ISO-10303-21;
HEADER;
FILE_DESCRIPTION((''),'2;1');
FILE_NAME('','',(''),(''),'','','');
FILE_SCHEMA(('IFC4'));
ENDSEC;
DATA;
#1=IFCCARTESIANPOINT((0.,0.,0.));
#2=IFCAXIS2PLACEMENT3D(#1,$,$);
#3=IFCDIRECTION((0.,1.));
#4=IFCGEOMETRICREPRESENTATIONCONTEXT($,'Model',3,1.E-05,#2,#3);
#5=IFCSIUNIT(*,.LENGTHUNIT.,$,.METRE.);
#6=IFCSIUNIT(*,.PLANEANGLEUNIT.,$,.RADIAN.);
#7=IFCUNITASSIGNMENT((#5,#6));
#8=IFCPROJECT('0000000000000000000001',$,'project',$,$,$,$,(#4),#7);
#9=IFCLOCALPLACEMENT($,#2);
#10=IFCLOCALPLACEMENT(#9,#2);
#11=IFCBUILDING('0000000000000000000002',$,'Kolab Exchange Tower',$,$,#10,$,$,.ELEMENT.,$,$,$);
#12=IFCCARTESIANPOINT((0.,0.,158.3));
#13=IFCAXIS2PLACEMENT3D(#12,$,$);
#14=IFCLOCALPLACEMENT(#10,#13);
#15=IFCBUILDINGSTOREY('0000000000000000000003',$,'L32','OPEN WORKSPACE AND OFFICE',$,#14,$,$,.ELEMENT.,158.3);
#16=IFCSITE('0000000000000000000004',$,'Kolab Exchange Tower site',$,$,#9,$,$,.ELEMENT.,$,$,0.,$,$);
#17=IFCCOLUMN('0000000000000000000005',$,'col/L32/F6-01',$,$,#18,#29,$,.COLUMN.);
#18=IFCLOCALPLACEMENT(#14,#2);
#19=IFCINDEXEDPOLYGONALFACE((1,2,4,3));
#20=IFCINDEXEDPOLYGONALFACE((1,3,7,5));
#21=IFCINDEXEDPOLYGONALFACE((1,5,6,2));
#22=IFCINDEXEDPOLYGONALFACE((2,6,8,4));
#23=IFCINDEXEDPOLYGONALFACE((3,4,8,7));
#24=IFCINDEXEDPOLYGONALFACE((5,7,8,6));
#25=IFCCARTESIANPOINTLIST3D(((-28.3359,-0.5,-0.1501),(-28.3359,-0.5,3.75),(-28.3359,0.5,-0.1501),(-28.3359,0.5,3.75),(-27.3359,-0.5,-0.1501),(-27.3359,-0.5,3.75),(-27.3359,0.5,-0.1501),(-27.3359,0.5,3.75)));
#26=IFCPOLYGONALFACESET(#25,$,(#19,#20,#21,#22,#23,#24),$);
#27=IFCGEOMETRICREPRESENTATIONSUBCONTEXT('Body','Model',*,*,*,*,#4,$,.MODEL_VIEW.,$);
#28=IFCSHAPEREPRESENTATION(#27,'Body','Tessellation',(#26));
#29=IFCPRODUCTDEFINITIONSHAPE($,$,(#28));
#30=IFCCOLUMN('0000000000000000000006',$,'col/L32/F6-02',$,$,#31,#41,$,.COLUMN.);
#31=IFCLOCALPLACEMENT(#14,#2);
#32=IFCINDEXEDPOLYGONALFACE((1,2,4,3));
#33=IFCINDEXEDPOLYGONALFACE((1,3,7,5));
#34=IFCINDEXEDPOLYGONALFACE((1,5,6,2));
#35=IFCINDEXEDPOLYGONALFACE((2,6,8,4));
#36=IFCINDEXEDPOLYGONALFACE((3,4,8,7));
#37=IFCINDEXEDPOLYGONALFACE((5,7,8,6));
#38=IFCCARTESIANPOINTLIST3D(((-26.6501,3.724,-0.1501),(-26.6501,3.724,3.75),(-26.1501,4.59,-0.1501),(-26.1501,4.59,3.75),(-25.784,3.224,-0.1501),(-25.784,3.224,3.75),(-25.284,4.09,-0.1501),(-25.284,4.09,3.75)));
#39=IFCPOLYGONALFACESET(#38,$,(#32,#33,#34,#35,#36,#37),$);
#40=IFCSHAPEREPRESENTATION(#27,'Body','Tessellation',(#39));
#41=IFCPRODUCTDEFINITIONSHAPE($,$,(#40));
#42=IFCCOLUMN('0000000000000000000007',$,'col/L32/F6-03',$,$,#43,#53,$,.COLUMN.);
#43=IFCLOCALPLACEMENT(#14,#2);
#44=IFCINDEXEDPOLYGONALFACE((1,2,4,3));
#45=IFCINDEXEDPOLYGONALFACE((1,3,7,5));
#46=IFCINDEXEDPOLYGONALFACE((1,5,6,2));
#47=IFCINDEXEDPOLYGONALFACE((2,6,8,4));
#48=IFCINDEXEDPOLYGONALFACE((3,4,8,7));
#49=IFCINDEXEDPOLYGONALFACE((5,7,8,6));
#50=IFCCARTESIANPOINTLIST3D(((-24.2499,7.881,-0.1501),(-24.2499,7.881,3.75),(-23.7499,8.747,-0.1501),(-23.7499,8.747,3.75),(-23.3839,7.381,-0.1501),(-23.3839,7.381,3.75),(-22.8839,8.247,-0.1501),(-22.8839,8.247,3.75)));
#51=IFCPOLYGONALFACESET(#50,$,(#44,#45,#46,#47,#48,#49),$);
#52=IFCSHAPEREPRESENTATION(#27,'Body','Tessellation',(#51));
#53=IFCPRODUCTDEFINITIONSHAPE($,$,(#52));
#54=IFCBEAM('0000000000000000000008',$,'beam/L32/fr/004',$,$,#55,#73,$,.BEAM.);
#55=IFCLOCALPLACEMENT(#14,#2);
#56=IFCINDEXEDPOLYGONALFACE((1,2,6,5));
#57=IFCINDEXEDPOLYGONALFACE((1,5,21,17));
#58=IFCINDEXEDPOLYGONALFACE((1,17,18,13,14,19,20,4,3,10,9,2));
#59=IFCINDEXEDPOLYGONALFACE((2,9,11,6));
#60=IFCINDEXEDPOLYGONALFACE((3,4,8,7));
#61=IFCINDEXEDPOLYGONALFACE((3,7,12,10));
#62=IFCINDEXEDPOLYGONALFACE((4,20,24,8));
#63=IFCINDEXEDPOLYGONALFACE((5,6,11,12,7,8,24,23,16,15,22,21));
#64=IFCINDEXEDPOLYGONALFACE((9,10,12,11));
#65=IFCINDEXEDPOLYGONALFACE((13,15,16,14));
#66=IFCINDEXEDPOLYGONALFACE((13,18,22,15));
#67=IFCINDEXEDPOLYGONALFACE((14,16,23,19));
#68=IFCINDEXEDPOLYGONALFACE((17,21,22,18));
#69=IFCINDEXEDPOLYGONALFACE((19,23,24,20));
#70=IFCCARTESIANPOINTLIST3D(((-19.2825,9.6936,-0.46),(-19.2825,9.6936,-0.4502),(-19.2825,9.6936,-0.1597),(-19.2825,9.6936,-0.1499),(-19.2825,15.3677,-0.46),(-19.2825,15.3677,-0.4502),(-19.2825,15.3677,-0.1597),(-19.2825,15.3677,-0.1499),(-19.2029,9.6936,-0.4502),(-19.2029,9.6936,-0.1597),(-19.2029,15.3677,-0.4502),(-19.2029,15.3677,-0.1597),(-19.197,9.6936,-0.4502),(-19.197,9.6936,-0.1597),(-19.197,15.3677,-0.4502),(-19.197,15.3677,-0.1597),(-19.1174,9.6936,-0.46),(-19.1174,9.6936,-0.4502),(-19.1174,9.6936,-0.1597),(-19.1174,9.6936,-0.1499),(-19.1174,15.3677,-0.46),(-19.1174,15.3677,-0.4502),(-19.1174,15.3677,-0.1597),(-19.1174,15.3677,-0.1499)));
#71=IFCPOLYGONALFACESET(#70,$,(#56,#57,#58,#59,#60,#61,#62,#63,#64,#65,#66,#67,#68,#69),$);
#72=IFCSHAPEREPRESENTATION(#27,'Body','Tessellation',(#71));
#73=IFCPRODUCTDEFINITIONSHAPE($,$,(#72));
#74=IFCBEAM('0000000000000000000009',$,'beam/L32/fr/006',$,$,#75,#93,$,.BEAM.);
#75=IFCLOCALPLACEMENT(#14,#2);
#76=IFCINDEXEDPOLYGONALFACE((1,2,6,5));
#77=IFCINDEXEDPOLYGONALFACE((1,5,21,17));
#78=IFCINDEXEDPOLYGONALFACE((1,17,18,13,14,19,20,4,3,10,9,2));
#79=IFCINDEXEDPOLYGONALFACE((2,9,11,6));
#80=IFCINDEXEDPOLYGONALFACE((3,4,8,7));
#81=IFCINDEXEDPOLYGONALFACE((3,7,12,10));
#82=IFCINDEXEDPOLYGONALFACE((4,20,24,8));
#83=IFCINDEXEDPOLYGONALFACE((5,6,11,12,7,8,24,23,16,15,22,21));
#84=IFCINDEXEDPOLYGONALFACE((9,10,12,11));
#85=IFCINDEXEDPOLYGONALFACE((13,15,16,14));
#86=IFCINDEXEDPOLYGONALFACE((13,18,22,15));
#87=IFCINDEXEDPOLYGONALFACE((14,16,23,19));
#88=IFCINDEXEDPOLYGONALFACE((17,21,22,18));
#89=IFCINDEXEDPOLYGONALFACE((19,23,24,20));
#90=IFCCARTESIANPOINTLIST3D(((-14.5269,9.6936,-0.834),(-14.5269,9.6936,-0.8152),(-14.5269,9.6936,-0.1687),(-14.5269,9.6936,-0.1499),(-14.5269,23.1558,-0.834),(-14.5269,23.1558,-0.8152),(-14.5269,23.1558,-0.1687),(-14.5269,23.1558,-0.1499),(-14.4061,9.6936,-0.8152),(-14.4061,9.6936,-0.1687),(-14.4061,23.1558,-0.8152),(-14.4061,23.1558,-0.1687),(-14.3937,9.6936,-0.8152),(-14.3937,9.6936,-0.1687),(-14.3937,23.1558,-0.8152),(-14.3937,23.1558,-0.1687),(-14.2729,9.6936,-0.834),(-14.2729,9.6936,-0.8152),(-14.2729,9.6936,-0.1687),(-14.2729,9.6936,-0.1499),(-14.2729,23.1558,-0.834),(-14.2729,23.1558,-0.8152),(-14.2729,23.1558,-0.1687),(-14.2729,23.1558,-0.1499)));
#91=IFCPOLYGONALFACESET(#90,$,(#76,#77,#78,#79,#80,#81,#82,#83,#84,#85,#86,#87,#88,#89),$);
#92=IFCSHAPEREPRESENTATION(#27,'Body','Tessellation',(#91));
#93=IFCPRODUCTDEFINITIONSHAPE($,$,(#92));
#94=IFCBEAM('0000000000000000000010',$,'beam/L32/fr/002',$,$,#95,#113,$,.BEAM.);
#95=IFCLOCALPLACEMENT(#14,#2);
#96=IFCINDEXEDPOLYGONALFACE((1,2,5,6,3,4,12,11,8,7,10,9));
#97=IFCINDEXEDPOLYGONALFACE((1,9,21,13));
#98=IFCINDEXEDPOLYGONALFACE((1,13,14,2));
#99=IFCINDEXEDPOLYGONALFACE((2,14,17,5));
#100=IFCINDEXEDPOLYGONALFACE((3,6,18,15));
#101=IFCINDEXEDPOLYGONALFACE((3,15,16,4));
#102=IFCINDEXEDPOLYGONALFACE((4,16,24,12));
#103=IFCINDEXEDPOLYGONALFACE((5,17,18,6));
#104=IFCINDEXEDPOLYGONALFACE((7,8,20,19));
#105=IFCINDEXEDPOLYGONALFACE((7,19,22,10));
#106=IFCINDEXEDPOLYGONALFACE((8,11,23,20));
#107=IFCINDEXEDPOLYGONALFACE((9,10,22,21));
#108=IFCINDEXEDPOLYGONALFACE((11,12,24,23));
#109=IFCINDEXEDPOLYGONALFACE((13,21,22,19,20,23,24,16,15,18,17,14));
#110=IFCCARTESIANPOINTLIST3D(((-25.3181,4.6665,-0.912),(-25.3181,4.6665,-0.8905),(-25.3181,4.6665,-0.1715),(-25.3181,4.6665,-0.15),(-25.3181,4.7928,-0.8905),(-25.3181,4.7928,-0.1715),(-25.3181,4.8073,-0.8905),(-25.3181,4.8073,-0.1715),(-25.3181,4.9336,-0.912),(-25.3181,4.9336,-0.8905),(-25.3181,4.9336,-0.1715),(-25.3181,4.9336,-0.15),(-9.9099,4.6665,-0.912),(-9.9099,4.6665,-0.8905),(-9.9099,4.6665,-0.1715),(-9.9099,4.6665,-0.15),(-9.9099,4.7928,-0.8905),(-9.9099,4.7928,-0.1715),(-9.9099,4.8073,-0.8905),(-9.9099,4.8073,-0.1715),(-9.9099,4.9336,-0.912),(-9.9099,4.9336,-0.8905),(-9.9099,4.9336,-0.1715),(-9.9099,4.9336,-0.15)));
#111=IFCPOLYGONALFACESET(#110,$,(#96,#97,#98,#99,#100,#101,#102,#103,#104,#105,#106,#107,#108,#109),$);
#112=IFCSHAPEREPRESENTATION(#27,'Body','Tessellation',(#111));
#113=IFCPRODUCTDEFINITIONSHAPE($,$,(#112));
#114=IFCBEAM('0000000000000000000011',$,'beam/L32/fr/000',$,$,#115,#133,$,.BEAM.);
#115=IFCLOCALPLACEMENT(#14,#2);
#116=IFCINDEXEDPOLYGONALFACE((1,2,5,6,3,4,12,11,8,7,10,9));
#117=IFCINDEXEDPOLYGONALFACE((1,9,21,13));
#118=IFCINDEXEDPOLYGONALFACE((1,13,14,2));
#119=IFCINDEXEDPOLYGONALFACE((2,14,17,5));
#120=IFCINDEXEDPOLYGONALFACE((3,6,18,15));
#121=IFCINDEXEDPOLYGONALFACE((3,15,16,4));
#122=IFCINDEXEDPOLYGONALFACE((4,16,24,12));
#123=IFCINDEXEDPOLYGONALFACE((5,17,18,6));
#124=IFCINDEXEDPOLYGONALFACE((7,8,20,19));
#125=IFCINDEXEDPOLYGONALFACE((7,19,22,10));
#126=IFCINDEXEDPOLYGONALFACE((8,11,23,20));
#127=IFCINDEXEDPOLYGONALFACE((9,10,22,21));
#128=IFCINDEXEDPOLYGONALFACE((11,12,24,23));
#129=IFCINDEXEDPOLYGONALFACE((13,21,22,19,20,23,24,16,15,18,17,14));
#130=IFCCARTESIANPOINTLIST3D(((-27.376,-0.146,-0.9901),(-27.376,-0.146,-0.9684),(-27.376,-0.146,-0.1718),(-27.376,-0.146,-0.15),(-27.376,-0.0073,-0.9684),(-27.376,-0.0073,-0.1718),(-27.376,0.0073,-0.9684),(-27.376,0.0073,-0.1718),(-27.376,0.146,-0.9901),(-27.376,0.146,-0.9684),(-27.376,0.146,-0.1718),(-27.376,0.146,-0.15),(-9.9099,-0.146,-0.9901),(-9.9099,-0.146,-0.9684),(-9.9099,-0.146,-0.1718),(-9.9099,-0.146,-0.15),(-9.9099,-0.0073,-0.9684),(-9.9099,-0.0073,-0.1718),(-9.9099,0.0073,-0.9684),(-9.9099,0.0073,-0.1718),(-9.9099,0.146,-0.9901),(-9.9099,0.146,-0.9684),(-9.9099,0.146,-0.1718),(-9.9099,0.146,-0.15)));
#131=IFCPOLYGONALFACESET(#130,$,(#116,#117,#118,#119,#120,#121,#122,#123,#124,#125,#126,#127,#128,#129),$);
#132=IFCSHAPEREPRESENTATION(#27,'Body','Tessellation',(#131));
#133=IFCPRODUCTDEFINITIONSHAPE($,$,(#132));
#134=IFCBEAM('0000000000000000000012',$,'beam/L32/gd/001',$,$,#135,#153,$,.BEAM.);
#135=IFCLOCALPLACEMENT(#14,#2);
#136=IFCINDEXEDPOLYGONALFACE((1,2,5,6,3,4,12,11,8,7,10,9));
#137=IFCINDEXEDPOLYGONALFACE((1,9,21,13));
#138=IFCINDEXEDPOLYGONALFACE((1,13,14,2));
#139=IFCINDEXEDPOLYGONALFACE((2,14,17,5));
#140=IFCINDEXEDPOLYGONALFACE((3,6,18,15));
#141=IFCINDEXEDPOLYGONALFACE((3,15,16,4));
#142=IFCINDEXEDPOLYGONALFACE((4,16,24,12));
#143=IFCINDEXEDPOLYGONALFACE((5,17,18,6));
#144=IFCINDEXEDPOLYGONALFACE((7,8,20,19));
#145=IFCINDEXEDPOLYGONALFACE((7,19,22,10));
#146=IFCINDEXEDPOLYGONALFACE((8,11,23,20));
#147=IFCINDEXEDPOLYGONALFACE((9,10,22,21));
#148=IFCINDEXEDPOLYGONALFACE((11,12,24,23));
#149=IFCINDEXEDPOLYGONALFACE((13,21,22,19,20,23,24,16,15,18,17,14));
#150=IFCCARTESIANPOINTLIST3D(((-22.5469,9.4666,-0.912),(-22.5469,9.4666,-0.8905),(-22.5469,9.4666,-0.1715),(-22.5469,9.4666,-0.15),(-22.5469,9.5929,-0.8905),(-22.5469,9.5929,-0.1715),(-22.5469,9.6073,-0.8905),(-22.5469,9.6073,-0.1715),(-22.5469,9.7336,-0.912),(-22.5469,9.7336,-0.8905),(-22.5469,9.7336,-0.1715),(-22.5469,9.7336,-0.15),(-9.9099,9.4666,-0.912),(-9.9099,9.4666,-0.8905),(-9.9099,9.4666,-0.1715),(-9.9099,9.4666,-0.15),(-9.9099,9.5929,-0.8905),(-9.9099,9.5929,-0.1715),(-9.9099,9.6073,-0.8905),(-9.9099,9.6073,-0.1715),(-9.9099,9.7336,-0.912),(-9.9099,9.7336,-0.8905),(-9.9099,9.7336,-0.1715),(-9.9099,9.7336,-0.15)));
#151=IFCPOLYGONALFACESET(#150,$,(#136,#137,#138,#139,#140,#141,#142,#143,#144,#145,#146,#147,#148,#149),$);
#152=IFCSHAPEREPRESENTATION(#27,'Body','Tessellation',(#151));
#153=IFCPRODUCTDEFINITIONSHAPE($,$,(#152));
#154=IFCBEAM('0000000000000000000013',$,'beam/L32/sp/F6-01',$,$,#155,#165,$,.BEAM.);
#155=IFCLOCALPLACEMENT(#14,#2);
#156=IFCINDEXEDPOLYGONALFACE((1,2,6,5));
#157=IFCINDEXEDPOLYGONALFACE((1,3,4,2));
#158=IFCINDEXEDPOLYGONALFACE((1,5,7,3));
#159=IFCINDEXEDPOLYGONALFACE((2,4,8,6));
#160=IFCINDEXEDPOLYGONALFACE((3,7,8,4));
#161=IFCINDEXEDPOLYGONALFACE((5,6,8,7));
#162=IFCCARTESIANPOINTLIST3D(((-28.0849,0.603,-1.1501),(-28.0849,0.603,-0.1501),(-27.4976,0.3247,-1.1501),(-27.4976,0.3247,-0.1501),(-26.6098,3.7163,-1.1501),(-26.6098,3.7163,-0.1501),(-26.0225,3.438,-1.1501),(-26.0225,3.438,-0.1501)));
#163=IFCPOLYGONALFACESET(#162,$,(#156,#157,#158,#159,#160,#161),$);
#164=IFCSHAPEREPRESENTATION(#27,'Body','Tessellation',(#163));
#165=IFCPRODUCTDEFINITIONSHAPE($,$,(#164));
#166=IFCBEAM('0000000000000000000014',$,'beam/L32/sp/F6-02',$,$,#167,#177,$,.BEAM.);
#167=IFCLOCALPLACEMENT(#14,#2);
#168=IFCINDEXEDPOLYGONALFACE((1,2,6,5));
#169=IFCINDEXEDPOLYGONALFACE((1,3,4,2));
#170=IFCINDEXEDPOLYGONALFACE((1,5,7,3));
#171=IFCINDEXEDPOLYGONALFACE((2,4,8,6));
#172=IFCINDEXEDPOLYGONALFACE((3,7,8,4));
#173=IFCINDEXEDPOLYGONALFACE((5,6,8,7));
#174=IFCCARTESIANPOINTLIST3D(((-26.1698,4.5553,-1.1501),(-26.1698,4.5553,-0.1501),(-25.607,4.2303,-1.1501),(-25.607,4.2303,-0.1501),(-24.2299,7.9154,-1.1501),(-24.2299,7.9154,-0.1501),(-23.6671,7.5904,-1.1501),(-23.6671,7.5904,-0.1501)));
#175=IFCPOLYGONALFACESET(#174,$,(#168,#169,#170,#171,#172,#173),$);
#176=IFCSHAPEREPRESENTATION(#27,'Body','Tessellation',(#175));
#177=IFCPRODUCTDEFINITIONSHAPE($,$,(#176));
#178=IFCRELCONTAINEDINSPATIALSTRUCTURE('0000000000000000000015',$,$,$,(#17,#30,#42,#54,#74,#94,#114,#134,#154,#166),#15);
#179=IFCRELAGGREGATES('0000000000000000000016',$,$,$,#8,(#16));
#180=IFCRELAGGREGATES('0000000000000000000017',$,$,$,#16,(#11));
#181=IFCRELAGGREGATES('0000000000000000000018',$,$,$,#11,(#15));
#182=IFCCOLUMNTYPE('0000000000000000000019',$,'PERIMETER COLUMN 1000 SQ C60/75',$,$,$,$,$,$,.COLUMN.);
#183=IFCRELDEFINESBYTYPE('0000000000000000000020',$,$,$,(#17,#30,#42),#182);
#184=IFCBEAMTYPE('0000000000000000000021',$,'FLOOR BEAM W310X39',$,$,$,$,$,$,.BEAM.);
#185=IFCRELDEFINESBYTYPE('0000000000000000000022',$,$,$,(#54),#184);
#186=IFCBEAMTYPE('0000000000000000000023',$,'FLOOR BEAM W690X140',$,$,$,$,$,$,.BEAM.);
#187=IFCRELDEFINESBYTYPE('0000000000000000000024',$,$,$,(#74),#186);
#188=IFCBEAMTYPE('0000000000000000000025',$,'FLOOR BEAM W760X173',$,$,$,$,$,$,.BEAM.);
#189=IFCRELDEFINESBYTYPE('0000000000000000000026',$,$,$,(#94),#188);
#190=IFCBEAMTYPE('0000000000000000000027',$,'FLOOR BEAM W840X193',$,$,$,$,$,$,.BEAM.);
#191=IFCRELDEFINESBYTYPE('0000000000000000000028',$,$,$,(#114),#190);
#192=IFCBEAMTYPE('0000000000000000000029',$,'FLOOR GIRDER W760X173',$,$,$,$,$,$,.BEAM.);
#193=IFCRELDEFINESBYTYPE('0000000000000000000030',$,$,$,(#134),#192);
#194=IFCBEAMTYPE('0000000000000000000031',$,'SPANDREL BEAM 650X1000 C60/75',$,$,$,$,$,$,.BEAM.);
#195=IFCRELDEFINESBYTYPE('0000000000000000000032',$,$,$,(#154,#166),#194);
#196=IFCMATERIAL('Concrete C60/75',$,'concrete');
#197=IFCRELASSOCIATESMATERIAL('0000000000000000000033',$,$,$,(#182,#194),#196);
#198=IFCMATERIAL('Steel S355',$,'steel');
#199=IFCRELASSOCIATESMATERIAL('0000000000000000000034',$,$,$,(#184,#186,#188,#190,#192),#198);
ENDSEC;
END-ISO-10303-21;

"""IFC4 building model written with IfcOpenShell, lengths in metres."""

from ifc_helpers import new_model, si_unit, direction, frame, origin, origin_2d, place, context, subcontext, project, spatial, rectangle, i_section, extrude, material, material_profile, profile_set, type_object, element, save


model = new_model("IFC4")

# Units and contexts
model_context = context("Model", 3, precision=1e-05, world=origin(), true_north=direction((0.0, 1.0)))
body_context = subcontext(model_context, "Body", "Model", "MODEL_VIEW")
ifc_project = project(units=[si_unit("LENGTHUNIT", "METRE"), si_unit("PLANEANGLEUNIT", "RADIAN")], contexts=[model_context])

# Site, building, storey
site_placement = place(None, origin())
site = spatial("IfcSite", under=ifc_project, at=site_placement, Name="Kolab Exchange Tower site", CompositionType="ELEMENT", RefElevation=0.0)
building_placement = place(site_placement, origin())
building = spatial("IfcBuilding", under=site, at=building_placement, Name="Kolab Exchange Tower", CompositionType="ELEMENT")
storey_placement = place(building_placement, frame((0.0, 0.0, 158.3)))
storey = spatial("IfcBuildingStorey", under=building, at=storey_placement, Name="L32", Description="OPEN WORKSPACE AND OFFICE", CompositionType="ELEMENT", Elevation=158.3)

# Columns
ifc_material_1 = material(Name="Concrete C60/75", Category="concrete")
ifc_material_profile_1 = material_profile(ifc_material_1, rectangle(XDim=1.0, YDim=1.0, at=origin_2d()), Name="RC1000")
ifc_profile_set_1 = profile_set([ifc_material_profile_1], Name="Concrete C60/75")
column_type = type_object("IfcColumnType", Name="PERIMETER COLUMN 1000 SQ C60/75", PredefinedType="COLUMN", material=ifc_profile_set_1)
for number, where, z_axis, x_axis, name in (
    (1, (-27.8359, 0.0, -0.1501), (0.0, 0.0, 1.0), (1.0, 0.0, 0.0), "col/L32/F6-01"),
    (2, (-25.967, 3.907, -0.1501), (0.0, 0.0, 1.0), (0.5, 0.866025, 0.0), "col/L32/F6-02"),
    (3, (-23.5669, 8.064, -0.1501), (0.0, 0.0, 1.0), (0.5, 0.866025, 0.0), "col/L32/F6-03"),
):
    element("IfcColumn", number, at=place(storey_placement, frame(where, z_axis=z_axis, x_axis=x_axis)), inside=storey, type_object=column_type, Name=name, PredefinedType="COLUMN", context=body_context, shape_type="SweptSolid", body=[
        extrude(rectangle(XDim=1.0, YDim=1.0, at=origin_2d()), origin(), (0.0, 0.0, 1.0), 3.9001),
    ])

# Beams
ifc_material_2 = material(Name="Steel S355", Category="steel")
ifc_material_profile_2 = material_profile(ifc_material_2, i_section(OverallWidth=0.165, OverallDepth=0.3101, WebThickness=0.0059, FlangeThickness=0.0098, at=origin_2d()), Name="W310X39")
ifc_profile_set_2 = profile_set([ifc_material_profile_2], Name="Steel S355")
beam_type_1 = type_object("IfcBeamType", Name="FLOOR BEAM W310X39", PredefinedType="BEAM", material=ifc_profile_set_2)
beam_1_placement = place(storey_placement, frame((-19.2, 9.6936, -0.3049), z_axis=(0.0, 1.0, 0.0), x_axis=(-1.0, 0.0, 0.0)))
element("IfcBeam", 4, at=beam_1_placement, inside=storey, type_object=beam_type_1, Name="beam/L32/fr/004", PredefinedType="BEAM", context=body_context, shape_type="SweptSolid", body=[
    extrude(i_section(OverallWidth=0.165, OverallDepth=0.3101, WebThickness=0.0059, FlangeThickness=0.0098, at=origin_2d()), origin(), (0.0, 0.0, 1.0), 5.6741),
])
ifc_material_profile_3 = material_profile(ifc_material_2, i_section(OverallWidth=0.2539, OverallDepth=0.6841, WebThickness=0.0125, FlangeThickness=0.0188, at=origin_2d()), Name="W690X140")
ifc_profile_set_3 = profile_set([ifc_material_profile_3], Name="Steel S355")
beam_type_2 = type_object("IfcBeamType", Name="FLOOR BEAM W690X140", PredefinedType="BEAM", material=ifc_profile_set_3)
beam_2_placement = place(storey_placement, frame((-14.3999, 9.6936, -0.4919), z_axis=(0.0, 1.0, 0.0), x_axis=(-1.0, 0.0, 0.0)))
element("IfcBeam", 5, at=beam_2_placement, inside=storey, type_object=beam_type_2, Name="beam/L32/fr/006", PredefinedType="BEAM", context=body_context, shape_type="SweptSolid", body=[
    extrude(i_section(OverallWidth=0.2539, OverallDepth=0.6841, WebThickness=0.0125, FlangeThickness=0.0188, at=origin_2d()), origin(), (0.0, 0.0, 1.0), 13.4622),
])
ifc_material_profile_4 = material_profile(ifc_material_2, i_section(OverallWidth=0.2671, OverallDepth=0.762, WebThickness=0.0144, FlangeThickness=0.0215, at=origin_2d()), Name="W760X173")
ifc_profile_set_4 = profile_set([ifc_material_profile_4], Name="Steel S355")
beam_type_3 = type_object("IfcBeamType", Name="FLOOR BEAM W760X173", PredefinedType="BEAM", material=ifc_profile_set_4)
beam_3_placement = place(storey_placement, frame((-25.3181, 4.8, -0.531), z_axis=(1.0, 0.0, 0.0), x_axis=(0.0, 1.0, 0.0)))
element("IfcBeam", 6, at=beam_3_placement, inside=storey, type_object=beam_type_3, Name="beam/L32/fr/002", PredefinedType="BEAM", context=body_context, shape_type="SweptSolid", body=[
    extrude(i_section(OverallWidth=0.2671, OverallDepth=0.762, WebThickness=0.0144, FlangeThickness=0.0215, at=origin_2d()), origin(), (0.0, 0.0, 1.0), 15.4082),
])
ifc_material_profile_5 = material_profile(ifc_material_2, i_section(OverallWidth=0.292, OverallDepth=0.8401, WebThickness=0.0146, FlangeThickness=0.0217, at=origin_2d()), Name="W840X193")
ifc_profile_set_5 = profile_set([ifc_material_profile_5], Name="Steel S355")
beam_type_4 = type_object("IfcBeamType", Name="FLOOR BEAM W840X193", PredefinedType="BEAM", material=ifc_profile_set_5)
beam_4_placement = place(storey_placement, frame((-27.376, 0.0, -0.5701), z_axis=(1.0, 0.0, 0.0), x_axis=(0.0, 1.0, 0.0)))
element("IfcBeam", 7, at=beam_4_placement, inside=storey, type_object=beam_type_4, Name="beam/L32/fr/000", PredefinedType="BEAM", context=body_context, shape_type="SweptSolid", body=[
    extrude(i_section(OverallWidth=0.292, OverallDepth=0.8401, WebThickness=0.0146, FlangeThickness=0.0217, at=origin_2d()), origin(), (0.0, 0.0, 1.0), 17.4661),
])
ifc_material_profile_6 = material_profile(ifc_material_2, i_section(OverallWidth=0.2671, OverallDepth=0.762, WebThickness=0.0144, FlangeThickness=0.0215, at=origin_2d()), Name="W760X173")
ifc_profile_set_6 = profile_set([ifc_material_profile_6], Name="Steel S355")
beam_type_5 = type_object("IfcBeamType", Name="FLOOR GIRDER W760X173", PredefinedType="BEAM", material=ifc_profile_set_6)
beam_5_placement = place(storey_placement, frame((-22.5469, 9.6001, -0.531), z_axis=(1.0, 0.0, 0.0), x_axis=(0.0, 1.0, 0.0)))
element("IfcBeam", 8, at=beam_5_placement, inside=storey, type_object=beam_type_5, Name="beam/L32/gd/001", PredefinedType="BEAM", context=body_context, shape_type="SweptSolid", body=[
    extrude(i_section(OverallWidth=0.2671, OverallDepth=0.762, WebThickness=0.0144, FlangeThickness=0.0215, at=origin_2d()), origin(), (0.0, 0.0, 1.0), 12.637),
])
ifc_material_profile_7 = material_profile(ifc_material_1, rectangle(XDim=0.6499, YDim=1.0, at=origin_2d()), Name="RC650X1000")
ifc_profile_set_7 = profile_set([ifc_material_profile_7], Name="Concrete C60/75")
beam_type_6 = type_object("IfcBeamType", Name="SPANDREL BEAM 650X1000 C60/75", PredefinedType="BEAM", material=ifc_profile_set_7)
beam_6_placement = place(storey_placement, frame((-27.7913, 0.4639, -0.6501), z_axis=(0.428178, 0.903695, 0.0), x_axis=(-0.903695, 0.428178, 0.0)))
element("IfcBeam", 9, at=beam_6_placement, inside=storey, type_object=beam_type_6, Name="beam/L32/sp/F6-01", PredefinedType="BEAM", context=body_context, shape_type="SweptSolid", body=[
    extrude(rectangle(XDim=0.6499, YDim=1.0, at=origin_2d()), origin(), (0.0, 0.0, 1.0), 3.4451),
])
for number, where, z_axis, x_axis, name in (
    (10, (-25.8884, 4.3928, -0.6501), (0.499997, 0.866027, 0.0), (-0.866027, 0.499997, 0.0), "beam/L32/sp/F6-02"),
):
    element("IfcBeam", number, at=place(storey_placement, frame(where, z_axis=z_axis, x_axis=x_axis)), inside=storey, type_object=beam_type_6, Name=name, PredefinedType="BEAM", context=body_context, shape_type="SweptSolid", body=[
        extrude(rectangle(XDim=0.6499, YDim=1.0, at=origin_2d()), origin(), (0.0, 0.0, 1.0), 3.8799),
    ])

save(model, "model.ifc")
